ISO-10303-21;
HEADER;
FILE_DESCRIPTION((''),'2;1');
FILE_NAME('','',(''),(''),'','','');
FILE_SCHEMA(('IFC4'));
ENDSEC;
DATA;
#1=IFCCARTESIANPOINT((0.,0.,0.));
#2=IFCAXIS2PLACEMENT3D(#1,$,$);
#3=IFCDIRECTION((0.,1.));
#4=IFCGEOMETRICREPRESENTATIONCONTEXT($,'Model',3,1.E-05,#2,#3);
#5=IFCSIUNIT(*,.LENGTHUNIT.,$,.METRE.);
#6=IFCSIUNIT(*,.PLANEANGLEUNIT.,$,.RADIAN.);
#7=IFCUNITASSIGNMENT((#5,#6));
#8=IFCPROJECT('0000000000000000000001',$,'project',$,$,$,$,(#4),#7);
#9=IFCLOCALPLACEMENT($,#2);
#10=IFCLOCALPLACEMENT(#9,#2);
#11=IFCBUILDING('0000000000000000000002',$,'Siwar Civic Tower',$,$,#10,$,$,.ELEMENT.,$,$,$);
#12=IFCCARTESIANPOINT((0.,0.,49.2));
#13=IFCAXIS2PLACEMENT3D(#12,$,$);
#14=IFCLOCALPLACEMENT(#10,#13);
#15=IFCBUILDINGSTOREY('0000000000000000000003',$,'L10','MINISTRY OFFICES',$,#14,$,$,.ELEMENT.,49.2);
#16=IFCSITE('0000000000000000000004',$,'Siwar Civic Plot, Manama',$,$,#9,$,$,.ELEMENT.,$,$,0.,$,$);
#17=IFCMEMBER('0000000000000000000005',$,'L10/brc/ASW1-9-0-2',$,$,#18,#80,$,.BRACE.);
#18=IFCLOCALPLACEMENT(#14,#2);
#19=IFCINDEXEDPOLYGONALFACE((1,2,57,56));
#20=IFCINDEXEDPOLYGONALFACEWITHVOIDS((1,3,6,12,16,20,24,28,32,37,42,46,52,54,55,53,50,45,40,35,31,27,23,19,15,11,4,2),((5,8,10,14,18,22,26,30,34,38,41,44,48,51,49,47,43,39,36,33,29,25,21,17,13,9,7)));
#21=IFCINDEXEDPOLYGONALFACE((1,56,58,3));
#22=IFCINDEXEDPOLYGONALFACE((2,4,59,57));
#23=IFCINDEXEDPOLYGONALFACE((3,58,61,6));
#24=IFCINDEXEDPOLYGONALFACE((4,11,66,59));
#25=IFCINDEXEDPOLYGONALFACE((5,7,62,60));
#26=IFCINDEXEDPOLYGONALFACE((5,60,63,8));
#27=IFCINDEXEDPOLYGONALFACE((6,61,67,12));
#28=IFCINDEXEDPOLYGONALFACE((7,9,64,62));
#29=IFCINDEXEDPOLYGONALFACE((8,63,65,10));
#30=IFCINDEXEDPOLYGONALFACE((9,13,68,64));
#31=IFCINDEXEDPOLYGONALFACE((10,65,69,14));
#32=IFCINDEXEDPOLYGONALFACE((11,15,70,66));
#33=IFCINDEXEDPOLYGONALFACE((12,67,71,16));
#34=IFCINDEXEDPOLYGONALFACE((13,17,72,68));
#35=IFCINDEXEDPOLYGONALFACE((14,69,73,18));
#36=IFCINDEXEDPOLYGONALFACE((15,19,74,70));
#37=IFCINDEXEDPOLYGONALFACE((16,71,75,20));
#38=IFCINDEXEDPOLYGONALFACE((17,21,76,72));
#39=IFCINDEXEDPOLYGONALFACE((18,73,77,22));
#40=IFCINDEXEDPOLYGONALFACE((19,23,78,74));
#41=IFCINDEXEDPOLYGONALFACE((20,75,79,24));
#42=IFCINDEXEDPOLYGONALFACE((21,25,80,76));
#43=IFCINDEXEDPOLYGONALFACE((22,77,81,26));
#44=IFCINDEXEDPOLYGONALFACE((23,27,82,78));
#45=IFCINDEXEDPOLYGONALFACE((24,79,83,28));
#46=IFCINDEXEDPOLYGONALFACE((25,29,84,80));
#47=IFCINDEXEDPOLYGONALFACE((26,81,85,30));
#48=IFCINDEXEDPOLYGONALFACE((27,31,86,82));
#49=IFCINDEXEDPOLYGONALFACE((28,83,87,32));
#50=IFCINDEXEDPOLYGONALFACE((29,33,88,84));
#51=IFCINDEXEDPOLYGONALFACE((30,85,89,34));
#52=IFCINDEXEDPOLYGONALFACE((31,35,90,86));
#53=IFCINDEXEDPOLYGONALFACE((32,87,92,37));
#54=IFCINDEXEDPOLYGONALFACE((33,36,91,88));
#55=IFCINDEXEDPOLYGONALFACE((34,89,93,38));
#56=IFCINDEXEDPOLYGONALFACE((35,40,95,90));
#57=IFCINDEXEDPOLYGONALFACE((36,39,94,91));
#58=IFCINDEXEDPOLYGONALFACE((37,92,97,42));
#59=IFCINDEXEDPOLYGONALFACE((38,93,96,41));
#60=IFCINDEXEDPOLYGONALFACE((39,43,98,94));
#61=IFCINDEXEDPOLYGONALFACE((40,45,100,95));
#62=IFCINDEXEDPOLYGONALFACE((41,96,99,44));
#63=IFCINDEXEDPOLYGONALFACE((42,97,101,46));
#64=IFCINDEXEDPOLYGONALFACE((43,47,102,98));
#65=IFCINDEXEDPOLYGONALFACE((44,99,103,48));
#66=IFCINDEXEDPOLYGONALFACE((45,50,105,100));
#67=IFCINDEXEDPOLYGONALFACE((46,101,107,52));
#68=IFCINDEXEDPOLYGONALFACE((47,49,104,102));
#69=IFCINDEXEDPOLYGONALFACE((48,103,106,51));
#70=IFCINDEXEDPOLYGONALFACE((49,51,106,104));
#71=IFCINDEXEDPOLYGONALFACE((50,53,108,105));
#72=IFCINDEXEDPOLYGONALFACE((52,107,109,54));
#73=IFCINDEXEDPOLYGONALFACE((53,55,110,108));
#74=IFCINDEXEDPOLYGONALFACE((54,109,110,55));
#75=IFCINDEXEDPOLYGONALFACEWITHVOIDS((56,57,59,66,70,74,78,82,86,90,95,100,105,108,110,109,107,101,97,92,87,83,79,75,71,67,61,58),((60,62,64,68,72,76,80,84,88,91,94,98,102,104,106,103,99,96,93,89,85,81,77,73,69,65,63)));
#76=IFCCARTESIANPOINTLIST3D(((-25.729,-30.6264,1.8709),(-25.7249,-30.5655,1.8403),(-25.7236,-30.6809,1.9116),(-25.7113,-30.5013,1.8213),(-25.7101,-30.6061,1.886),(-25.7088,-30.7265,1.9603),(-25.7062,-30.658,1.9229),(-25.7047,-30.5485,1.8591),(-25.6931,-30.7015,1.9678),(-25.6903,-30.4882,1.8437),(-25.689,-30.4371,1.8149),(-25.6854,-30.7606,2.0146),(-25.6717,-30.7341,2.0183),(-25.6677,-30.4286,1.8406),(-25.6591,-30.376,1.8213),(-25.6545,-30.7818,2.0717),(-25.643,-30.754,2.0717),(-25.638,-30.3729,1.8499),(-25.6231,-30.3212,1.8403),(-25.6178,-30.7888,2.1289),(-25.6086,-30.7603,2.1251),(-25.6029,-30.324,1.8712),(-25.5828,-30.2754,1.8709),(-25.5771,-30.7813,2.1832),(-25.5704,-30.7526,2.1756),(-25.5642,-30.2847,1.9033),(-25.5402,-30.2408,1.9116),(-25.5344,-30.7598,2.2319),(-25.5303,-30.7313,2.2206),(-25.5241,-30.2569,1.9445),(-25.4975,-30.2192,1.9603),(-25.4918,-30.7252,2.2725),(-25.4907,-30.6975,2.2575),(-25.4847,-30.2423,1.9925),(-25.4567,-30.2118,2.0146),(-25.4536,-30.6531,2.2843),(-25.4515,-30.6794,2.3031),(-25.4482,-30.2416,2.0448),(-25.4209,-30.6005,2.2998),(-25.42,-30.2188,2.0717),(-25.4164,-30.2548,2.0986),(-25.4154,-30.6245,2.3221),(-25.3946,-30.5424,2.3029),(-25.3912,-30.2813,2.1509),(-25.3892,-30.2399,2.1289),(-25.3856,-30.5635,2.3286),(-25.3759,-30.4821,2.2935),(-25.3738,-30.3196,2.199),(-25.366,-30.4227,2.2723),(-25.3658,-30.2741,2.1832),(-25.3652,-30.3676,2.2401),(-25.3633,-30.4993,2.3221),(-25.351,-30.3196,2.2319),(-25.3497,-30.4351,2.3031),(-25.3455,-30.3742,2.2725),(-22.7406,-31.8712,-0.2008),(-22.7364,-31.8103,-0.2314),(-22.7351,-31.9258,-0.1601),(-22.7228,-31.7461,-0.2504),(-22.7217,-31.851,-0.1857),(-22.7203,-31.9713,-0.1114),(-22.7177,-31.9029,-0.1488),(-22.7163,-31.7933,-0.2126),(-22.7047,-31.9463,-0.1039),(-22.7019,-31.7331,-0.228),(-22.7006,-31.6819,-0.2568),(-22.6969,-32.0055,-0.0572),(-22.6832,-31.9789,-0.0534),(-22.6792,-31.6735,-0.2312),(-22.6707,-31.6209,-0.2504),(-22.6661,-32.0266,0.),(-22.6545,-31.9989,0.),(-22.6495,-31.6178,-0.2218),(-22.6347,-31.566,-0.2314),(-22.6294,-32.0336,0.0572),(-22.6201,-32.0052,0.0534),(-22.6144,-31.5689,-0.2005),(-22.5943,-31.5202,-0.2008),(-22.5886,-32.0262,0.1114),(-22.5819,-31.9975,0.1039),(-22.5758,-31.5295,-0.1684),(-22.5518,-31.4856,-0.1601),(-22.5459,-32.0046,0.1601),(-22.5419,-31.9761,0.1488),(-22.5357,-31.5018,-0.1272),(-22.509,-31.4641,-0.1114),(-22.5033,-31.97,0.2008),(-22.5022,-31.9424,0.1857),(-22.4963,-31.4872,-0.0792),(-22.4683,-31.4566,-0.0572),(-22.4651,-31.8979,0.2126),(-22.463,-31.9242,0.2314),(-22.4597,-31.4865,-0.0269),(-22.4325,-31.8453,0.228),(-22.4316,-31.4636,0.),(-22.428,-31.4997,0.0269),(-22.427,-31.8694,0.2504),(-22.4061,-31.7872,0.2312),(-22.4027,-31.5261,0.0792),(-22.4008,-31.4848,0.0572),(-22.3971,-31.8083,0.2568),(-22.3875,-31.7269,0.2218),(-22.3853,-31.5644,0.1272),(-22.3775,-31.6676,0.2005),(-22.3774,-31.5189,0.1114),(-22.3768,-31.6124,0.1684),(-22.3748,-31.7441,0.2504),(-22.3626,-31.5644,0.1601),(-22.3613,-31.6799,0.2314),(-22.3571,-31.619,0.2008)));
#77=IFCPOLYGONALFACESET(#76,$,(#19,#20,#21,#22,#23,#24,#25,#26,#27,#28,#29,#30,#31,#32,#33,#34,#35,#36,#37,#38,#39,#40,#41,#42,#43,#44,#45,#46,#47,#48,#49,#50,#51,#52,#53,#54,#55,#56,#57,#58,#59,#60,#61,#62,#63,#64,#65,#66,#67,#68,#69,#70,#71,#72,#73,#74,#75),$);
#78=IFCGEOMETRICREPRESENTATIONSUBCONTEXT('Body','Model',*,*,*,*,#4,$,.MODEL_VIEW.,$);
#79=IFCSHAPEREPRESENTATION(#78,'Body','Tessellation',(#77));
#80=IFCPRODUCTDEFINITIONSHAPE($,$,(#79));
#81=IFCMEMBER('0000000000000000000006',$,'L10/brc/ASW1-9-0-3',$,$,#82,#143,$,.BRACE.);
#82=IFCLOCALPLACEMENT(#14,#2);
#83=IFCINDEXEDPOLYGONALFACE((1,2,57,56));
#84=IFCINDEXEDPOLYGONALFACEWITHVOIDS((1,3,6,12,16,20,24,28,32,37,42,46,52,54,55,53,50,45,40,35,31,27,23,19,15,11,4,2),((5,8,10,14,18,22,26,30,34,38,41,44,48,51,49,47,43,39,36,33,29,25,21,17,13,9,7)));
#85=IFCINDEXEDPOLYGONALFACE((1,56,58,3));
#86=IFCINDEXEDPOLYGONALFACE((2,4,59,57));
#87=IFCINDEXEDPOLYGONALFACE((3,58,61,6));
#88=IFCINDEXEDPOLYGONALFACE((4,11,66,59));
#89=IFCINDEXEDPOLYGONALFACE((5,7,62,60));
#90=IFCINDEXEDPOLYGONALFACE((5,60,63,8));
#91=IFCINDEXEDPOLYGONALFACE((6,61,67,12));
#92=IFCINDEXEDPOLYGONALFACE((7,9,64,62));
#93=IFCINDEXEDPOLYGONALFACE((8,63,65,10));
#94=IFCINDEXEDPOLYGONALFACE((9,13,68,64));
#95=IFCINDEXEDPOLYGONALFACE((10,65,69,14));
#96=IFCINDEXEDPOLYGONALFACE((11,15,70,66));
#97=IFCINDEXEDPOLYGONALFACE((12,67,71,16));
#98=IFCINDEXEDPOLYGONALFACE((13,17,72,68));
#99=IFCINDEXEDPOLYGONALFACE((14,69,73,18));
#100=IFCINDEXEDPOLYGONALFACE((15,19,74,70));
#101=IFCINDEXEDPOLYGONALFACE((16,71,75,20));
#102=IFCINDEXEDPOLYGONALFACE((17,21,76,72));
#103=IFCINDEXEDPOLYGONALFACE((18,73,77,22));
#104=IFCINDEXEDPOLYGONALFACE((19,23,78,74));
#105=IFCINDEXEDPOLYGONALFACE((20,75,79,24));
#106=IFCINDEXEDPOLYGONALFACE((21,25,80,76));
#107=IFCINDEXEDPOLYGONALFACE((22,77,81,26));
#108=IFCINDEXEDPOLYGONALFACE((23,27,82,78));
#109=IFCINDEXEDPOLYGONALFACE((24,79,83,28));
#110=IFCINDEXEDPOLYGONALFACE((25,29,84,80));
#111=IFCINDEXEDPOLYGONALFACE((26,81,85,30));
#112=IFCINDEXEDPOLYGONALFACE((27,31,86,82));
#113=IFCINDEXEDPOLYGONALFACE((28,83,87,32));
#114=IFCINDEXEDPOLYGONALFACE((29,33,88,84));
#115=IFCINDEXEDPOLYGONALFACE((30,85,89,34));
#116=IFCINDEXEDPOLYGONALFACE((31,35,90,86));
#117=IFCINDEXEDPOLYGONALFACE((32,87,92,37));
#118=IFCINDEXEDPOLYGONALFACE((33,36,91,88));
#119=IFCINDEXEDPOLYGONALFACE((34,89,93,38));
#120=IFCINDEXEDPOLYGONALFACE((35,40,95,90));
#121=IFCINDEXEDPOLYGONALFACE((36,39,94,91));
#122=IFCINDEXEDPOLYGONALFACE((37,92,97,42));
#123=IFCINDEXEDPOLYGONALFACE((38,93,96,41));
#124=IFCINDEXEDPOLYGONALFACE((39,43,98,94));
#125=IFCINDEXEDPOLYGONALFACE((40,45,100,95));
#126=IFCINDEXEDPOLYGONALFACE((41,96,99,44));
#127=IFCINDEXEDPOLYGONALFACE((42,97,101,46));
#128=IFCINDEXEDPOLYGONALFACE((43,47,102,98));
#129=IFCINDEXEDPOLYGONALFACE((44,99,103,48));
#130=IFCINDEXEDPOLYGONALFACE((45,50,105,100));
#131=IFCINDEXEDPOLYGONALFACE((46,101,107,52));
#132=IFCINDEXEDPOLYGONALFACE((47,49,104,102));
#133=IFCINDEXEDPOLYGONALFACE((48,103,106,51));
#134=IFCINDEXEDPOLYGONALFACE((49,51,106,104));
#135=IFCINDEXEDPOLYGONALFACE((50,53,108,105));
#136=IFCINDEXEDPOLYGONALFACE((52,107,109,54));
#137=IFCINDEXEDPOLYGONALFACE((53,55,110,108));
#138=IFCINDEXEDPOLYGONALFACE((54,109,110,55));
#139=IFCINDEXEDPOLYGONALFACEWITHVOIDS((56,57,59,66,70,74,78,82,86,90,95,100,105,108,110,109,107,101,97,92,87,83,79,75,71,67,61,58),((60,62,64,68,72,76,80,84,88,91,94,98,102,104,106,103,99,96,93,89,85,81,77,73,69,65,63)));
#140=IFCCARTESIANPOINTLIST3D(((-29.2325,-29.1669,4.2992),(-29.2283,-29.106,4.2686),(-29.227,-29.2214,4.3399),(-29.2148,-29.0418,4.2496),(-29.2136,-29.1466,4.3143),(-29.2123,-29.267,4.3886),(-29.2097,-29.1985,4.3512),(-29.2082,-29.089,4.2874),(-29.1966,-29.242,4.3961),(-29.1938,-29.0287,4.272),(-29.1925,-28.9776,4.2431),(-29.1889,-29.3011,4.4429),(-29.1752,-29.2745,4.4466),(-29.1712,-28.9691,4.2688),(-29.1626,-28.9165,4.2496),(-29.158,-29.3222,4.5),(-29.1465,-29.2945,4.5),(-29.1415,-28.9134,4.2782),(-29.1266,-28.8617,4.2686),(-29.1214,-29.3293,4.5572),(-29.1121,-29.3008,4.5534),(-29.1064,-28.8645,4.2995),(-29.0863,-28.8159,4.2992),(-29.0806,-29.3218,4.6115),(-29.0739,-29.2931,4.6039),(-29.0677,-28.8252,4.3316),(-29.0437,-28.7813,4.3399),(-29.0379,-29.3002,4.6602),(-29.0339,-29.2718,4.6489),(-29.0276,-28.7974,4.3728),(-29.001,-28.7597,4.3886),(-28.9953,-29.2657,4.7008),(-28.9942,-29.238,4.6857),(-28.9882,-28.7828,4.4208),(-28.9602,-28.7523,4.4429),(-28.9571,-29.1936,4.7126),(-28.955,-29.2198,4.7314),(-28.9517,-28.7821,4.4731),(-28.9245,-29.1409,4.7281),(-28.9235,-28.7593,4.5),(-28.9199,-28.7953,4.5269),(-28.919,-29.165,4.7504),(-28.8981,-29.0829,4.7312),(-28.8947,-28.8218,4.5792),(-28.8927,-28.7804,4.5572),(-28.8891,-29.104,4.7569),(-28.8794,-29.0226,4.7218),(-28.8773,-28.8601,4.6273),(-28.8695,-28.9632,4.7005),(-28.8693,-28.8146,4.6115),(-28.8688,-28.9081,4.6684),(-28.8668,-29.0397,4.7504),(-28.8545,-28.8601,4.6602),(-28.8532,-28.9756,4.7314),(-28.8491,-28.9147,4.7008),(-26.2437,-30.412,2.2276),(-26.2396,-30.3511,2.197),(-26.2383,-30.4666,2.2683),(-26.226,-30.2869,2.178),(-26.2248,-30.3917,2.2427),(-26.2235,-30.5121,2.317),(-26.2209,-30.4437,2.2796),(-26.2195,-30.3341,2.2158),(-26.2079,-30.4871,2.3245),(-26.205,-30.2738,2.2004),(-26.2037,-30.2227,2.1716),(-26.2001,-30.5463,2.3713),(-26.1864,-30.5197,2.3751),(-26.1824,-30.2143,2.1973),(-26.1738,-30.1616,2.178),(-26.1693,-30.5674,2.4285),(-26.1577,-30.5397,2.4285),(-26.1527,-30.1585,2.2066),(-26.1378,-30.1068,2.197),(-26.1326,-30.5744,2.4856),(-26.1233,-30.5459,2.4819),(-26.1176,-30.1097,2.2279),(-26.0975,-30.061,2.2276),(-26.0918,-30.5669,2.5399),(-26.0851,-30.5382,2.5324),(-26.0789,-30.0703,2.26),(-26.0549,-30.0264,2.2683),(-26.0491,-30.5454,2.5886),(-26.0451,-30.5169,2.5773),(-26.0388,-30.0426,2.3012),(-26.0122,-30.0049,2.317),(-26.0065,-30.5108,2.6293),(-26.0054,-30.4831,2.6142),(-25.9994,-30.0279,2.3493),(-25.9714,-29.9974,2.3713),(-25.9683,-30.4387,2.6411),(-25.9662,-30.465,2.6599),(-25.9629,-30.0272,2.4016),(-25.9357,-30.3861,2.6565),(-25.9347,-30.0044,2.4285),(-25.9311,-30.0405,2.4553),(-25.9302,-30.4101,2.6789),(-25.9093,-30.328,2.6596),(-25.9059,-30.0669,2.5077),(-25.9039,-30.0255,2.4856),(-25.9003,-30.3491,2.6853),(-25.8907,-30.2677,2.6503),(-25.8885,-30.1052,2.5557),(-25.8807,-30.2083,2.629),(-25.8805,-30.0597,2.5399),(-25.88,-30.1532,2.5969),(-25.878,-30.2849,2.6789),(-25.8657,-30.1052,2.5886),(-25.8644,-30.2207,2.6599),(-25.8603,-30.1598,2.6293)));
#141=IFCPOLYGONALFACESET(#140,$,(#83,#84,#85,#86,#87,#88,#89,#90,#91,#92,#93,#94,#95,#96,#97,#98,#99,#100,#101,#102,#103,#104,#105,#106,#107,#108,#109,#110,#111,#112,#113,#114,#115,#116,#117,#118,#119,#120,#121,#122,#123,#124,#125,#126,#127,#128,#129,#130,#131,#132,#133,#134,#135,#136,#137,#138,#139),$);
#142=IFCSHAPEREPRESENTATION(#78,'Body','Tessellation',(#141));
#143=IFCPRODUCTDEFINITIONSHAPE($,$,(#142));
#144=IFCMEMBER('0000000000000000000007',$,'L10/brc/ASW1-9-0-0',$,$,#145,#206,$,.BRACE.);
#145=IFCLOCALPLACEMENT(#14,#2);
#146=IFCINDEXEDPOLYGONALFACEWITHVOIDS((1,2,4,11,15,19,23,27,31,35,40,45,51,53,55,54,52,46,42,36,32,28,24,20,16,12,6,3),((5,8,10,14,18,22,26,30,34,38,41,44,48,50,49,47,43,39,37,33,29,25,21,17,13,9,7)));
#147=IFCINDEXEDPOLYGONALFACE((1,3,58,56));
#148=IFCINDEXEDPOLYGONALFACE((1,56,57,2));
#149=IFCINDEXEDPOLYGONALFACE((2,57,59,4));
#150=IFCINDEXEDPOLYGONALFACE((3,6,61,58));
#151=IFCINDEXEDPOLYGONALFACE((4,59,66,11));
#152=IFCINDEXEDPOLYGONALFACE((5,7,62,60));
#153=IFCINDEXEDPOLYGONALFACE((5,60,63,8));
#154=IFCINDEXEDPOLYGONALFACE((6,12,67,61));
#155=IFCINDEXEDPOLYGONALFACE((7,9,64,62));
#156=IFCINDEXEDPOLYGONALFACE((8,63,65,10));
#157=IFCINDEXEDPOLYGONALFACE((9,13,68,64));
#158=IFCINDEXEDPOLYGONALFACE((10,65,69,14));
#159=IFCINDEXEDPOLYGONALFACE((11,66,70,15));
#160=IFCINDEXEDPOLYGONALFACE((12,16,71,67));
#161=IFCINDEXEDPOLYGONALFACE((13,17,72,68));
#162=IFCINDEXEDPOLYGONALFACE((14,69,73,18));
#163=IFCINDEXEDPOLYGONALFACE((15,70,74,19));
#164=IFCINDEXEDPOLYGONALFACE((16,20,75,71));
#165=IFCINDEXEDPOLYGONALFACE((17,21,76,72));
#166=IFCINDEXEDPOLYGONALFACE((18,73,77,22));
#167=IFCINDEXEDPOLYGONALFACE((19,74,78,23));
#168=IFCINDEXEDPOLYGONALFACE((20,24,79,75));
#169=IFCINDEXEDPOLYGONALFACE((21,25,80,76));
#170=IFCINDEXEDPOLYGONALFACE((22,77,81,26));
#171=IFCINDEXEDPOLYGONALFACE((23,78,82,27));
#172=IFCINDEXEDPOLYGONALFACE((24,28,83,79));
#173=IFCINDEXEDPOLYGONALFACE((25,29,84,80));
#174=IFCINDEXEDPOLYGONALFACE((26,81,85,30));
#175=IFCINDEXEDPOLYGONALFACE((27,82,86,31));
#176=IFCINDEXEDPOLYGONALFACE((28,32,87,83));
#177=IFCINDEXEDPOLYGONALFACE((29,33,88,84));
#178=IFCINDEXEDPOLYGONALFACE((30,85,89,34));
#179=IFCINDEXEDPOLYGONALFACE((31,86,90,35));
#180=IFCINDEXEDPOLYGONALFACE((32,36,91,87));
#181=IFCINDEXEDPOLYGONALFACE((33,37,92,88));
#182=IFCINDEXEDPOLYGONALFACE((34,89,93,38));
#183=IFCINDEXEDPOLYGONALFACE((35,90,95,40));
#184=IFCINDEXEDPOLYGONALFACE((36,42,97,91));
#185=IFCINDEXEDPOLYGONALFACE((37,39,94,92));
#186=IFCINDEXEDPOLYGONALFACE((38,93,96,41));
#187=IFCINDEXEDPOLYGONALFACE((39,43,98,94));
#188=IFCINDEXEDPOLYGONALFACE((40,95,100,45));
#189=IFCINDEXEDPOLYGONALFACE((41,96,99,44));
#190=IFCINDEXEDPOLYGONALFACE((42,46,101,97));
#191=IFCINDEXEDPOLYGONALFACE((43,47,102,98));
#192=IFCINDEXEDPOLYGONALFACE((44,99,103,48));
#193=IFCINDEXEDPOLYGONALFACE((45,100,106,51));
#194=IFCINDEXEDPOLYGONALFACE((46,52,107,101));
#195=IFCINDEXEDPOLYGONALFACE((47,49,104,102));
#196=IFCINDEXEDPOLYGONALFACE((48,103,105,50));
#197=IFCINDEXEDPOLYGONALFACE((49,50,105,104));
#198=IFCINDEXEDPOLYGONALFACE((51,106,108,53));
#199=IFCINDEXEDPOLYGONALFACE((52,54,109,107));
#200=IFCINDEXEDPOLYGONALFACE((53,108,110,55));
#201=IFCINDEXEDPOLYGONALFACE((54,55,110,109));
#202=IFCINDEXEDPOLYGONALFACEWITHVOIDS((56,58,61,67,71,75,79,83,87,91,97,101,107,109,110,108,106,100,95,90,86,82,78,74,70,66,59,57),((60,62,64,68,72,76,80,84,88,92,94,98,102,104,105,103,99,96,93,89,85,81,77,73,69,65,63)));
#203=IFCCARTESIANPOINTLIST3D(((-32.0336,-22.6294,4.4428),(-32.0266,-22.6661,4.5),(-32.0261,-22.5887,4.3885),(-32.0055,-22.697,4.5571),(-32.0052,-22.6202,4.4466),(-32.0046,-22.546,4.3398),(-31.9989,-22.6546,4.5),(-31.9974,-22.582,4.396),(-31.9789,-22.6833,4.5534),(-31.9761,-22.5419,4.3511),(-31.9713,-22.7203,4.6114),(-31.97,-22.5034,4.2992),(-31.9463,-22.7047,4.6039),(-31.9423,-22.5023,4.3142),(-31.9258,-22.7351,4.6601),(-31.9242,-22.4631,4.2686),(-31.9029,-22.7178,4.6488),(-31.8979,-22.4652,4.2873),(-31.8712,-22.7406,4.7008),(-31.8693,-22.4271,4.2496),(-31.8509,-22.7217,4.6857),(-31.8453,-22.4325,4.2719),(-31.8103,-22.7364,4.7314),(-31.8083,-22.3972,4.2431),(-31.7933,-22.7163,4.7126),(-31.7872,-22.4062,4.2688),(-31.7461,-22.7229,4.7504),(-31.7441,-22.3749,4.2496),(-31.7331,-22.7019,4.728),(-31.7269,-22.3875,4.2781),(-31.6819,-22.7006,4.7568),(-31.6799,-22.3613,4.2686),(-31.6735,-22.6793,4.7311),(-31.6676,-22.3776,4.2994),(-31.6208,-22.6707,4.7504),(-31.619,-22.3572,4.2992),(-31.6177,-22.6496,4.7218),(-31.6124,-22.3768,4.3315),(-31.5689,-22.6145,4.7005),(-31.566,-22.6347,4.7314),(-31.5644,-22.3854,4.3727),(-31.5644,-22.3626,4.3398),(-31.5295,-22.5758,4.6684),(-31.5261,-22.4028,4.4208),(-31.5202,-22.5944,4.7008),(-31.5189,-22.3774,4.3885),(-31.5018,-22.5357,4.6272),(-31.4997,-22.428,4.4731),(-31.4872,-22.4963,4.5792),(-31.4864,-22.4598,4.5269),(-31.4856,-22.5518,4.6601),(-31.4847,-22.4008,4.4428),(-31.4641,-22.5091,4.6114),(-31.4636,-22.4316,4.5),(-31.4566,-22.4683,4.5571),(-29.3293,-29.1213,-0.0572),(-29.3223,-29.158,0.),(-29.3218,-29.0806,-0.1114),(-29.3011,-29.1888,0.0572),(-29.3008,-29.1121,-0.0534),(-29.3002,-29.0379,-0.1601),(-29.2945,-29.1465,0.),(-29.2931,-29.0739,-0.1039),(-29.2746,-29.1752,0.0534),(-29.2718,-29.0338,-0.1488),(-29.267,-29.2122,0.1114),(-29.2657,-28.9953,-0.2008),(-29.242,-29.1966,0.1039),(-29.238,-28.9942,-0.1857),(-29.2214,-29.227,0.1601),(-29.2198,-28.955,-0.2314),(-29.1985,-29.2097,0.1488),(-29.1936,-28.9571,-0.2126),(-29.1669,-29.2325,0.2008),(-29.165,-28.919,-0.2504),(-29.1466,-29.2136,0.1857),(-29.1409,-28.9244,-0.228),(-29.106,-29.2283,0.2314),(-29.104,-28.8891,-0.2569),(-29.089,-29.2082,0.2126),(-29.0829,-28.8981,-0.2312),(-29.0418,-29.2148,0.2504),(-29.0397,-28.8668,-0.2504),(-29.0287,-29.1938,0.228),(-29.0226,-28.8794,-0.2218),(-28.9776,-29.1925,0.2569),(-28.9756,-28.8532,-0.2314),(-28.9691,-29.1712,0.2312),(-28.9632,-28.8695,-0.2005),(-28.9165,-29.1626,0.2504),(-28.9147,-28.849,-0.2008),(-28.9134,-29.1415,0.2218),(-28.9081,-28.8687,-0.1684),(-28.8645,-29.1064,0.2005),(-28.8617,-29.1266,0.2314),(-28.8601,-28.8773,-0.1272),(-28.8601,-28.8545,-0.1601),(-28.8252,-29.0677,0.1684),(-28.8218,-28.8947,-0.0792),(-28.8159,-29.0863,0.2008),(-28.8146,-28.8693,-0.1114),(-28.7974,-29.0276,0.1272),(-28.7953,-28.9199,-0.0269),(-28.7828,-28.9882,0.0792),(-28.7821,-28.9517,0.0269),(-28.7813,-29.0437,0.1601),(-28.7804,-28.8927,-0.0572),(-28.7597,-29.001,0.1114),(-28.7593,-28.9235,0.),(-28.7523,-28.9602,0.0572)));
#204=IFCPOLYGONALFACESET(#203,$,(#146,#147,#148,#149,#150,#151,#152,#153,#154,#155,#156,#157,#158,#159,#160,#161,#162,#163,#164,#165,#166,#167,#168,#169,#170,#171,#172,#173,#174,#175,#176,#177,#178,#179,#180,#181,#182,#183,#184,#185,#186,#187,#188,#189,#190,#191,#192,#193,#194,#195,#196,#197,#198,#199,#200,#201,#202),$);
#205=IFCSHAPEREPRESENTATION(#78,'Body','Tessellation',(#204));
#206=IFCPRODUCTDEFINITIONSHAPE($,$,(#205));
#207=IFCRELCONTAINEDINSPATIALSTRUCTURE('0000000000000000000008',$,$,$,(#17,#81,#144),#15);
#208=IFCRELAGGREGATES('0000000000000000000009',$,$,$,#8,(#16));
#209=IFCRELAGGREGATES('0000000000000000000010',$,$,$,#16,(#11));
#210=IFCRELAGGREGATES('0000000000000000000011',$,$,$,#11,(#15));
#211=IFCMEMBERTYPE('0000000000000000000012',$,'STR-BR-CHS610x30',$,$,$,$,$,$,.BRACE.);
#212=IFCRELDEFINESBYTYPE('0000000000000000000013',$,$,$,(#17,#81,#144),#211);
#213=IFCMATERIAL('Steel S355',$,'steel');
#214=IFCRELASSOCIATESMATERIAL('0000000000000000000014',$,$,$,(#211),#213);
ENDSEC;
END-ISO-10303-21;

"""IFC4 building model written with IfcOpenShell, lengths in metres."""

from ifc_helpers import new_model, si_unit, direction, frame, origin, origin_2d, place, context, subcontext, project, spatial, hollow_circle, extrude, material, material_profile, profile_set, type_object, element, save


model = new_model("IFC4")

# Units and contexts
model_context = context("Model", 3, precision=1e-05, world=origin(), true_north=direction((0.0, 1.0)))
body_context = subcontext(model_context, "Body", "Model", "MODEL_VIEW")
ifc_project = project(units=[si_unit("LENGTHUNIT", "METRE"), si_unit("PLANEANGLEUNIT", "RADIAN")], contexts=[model_context])

# Site, building, storey
site_placement = place(None, origin())
site = spatial("IfcSite", under=ifc_project, at=site_placement, Name="Siwar Civic Plot, Manama", CompositionType="ELEMENT", RefElevation=0.0)
building_placement = place(site_placement, origin())
building = spatial("IfcBuilding", under=site, at=building_placement, Name="Siwar Civic Tower", CompositionType="ELEMENT")
storey_placement = place(building_placement, frame((0.0, 0.0, 49.2)))
storey = spatial("IfcBuildingStorey", under=building, at=storey_placement, Name="L10", Description="MINISTRY OFFICES", CompositionType="ELEMENT", Elevation=49.2)

# Members
ifc_material_1 = material(Name="Steel S355", Category="steel")
ifc_material_profile_1 = material_profile(ifc_material_1, hollow_circle(Radius=0.3049, WallThickness=0.03, at=origin_2d()), Name="CHS610x30")
ifc_profile_set_1 = profile_set([ifc_material_profile_1], Name="Steel S355")
member_type_1 = type_object("IfcMemberType", Name="STR-BR-CHS610x30", PredefinedType="BRACE", material=ifc_profile_set_1)
member_1_placement = place(storey_placement, frame((-22.5488, -31.7451, 0.0), z_axis=(-0.777533, 0.323882, 0.53902), x_axis=(-0.384524, -0.923115, 0.0)))
element("IfcMember", 1, at=member_1_placement, inside=storey, type_object=member_type_1, Name="L10/brc/ASW1-9-0-2", PredefinedType="BRACE", context=body_context, shape_type="SweptSolid", body=[
    extrude(hollow_circle(Radius=0.3049, WallThickness=0.03, at=origin_2d()), origin(), (0.0, 0.0, 1.0), 3.8435),
])
member_2_placement = place(storey_placement, frame((-26.052, -30.2859, 2.4285), z_axis=(-0.777569, 0.323934, 0.538937), x_axis=(-0.384562, -0.923099, 0.0)))
element("IfcMember", 2, at=member_2_placement, inside=storey, type_object=member_type_1, Name="L10/brc/ASW1-9-0-3", PredefinedType="BRACE", context=body_context, shape_type="SweptSolid", body=[
    extrude(hollow_circle(Radius=0.3049, WallThickness=0.03, at=origin_2d()), origin(), (0.0, 0.0, 1.0), 3.8438),
])
member_3_placement = place(storey_placement, frame((-29.0408, -29.0408, 0.0), z_axis=(-0.323906, 0.777555, 0.538975), x_axis=(-0.923109, -0.384539, 0.0)))
element("IfcMember", 3, at=member_3_placement, inside=storey, type_object=member_type_1, Name="L10/brc/ASW1-9-0-0", PredefinedType="BRACE", context=body_context, shape_type="SweptSolid", body=[
    extrude(hollow_circle(Radius=0.3049, WallThickness=0.03, at=origin_2d()), origin(), (0.0, 0.0, 1.0), 8.3491),
])

save(model, "model.ifc")
